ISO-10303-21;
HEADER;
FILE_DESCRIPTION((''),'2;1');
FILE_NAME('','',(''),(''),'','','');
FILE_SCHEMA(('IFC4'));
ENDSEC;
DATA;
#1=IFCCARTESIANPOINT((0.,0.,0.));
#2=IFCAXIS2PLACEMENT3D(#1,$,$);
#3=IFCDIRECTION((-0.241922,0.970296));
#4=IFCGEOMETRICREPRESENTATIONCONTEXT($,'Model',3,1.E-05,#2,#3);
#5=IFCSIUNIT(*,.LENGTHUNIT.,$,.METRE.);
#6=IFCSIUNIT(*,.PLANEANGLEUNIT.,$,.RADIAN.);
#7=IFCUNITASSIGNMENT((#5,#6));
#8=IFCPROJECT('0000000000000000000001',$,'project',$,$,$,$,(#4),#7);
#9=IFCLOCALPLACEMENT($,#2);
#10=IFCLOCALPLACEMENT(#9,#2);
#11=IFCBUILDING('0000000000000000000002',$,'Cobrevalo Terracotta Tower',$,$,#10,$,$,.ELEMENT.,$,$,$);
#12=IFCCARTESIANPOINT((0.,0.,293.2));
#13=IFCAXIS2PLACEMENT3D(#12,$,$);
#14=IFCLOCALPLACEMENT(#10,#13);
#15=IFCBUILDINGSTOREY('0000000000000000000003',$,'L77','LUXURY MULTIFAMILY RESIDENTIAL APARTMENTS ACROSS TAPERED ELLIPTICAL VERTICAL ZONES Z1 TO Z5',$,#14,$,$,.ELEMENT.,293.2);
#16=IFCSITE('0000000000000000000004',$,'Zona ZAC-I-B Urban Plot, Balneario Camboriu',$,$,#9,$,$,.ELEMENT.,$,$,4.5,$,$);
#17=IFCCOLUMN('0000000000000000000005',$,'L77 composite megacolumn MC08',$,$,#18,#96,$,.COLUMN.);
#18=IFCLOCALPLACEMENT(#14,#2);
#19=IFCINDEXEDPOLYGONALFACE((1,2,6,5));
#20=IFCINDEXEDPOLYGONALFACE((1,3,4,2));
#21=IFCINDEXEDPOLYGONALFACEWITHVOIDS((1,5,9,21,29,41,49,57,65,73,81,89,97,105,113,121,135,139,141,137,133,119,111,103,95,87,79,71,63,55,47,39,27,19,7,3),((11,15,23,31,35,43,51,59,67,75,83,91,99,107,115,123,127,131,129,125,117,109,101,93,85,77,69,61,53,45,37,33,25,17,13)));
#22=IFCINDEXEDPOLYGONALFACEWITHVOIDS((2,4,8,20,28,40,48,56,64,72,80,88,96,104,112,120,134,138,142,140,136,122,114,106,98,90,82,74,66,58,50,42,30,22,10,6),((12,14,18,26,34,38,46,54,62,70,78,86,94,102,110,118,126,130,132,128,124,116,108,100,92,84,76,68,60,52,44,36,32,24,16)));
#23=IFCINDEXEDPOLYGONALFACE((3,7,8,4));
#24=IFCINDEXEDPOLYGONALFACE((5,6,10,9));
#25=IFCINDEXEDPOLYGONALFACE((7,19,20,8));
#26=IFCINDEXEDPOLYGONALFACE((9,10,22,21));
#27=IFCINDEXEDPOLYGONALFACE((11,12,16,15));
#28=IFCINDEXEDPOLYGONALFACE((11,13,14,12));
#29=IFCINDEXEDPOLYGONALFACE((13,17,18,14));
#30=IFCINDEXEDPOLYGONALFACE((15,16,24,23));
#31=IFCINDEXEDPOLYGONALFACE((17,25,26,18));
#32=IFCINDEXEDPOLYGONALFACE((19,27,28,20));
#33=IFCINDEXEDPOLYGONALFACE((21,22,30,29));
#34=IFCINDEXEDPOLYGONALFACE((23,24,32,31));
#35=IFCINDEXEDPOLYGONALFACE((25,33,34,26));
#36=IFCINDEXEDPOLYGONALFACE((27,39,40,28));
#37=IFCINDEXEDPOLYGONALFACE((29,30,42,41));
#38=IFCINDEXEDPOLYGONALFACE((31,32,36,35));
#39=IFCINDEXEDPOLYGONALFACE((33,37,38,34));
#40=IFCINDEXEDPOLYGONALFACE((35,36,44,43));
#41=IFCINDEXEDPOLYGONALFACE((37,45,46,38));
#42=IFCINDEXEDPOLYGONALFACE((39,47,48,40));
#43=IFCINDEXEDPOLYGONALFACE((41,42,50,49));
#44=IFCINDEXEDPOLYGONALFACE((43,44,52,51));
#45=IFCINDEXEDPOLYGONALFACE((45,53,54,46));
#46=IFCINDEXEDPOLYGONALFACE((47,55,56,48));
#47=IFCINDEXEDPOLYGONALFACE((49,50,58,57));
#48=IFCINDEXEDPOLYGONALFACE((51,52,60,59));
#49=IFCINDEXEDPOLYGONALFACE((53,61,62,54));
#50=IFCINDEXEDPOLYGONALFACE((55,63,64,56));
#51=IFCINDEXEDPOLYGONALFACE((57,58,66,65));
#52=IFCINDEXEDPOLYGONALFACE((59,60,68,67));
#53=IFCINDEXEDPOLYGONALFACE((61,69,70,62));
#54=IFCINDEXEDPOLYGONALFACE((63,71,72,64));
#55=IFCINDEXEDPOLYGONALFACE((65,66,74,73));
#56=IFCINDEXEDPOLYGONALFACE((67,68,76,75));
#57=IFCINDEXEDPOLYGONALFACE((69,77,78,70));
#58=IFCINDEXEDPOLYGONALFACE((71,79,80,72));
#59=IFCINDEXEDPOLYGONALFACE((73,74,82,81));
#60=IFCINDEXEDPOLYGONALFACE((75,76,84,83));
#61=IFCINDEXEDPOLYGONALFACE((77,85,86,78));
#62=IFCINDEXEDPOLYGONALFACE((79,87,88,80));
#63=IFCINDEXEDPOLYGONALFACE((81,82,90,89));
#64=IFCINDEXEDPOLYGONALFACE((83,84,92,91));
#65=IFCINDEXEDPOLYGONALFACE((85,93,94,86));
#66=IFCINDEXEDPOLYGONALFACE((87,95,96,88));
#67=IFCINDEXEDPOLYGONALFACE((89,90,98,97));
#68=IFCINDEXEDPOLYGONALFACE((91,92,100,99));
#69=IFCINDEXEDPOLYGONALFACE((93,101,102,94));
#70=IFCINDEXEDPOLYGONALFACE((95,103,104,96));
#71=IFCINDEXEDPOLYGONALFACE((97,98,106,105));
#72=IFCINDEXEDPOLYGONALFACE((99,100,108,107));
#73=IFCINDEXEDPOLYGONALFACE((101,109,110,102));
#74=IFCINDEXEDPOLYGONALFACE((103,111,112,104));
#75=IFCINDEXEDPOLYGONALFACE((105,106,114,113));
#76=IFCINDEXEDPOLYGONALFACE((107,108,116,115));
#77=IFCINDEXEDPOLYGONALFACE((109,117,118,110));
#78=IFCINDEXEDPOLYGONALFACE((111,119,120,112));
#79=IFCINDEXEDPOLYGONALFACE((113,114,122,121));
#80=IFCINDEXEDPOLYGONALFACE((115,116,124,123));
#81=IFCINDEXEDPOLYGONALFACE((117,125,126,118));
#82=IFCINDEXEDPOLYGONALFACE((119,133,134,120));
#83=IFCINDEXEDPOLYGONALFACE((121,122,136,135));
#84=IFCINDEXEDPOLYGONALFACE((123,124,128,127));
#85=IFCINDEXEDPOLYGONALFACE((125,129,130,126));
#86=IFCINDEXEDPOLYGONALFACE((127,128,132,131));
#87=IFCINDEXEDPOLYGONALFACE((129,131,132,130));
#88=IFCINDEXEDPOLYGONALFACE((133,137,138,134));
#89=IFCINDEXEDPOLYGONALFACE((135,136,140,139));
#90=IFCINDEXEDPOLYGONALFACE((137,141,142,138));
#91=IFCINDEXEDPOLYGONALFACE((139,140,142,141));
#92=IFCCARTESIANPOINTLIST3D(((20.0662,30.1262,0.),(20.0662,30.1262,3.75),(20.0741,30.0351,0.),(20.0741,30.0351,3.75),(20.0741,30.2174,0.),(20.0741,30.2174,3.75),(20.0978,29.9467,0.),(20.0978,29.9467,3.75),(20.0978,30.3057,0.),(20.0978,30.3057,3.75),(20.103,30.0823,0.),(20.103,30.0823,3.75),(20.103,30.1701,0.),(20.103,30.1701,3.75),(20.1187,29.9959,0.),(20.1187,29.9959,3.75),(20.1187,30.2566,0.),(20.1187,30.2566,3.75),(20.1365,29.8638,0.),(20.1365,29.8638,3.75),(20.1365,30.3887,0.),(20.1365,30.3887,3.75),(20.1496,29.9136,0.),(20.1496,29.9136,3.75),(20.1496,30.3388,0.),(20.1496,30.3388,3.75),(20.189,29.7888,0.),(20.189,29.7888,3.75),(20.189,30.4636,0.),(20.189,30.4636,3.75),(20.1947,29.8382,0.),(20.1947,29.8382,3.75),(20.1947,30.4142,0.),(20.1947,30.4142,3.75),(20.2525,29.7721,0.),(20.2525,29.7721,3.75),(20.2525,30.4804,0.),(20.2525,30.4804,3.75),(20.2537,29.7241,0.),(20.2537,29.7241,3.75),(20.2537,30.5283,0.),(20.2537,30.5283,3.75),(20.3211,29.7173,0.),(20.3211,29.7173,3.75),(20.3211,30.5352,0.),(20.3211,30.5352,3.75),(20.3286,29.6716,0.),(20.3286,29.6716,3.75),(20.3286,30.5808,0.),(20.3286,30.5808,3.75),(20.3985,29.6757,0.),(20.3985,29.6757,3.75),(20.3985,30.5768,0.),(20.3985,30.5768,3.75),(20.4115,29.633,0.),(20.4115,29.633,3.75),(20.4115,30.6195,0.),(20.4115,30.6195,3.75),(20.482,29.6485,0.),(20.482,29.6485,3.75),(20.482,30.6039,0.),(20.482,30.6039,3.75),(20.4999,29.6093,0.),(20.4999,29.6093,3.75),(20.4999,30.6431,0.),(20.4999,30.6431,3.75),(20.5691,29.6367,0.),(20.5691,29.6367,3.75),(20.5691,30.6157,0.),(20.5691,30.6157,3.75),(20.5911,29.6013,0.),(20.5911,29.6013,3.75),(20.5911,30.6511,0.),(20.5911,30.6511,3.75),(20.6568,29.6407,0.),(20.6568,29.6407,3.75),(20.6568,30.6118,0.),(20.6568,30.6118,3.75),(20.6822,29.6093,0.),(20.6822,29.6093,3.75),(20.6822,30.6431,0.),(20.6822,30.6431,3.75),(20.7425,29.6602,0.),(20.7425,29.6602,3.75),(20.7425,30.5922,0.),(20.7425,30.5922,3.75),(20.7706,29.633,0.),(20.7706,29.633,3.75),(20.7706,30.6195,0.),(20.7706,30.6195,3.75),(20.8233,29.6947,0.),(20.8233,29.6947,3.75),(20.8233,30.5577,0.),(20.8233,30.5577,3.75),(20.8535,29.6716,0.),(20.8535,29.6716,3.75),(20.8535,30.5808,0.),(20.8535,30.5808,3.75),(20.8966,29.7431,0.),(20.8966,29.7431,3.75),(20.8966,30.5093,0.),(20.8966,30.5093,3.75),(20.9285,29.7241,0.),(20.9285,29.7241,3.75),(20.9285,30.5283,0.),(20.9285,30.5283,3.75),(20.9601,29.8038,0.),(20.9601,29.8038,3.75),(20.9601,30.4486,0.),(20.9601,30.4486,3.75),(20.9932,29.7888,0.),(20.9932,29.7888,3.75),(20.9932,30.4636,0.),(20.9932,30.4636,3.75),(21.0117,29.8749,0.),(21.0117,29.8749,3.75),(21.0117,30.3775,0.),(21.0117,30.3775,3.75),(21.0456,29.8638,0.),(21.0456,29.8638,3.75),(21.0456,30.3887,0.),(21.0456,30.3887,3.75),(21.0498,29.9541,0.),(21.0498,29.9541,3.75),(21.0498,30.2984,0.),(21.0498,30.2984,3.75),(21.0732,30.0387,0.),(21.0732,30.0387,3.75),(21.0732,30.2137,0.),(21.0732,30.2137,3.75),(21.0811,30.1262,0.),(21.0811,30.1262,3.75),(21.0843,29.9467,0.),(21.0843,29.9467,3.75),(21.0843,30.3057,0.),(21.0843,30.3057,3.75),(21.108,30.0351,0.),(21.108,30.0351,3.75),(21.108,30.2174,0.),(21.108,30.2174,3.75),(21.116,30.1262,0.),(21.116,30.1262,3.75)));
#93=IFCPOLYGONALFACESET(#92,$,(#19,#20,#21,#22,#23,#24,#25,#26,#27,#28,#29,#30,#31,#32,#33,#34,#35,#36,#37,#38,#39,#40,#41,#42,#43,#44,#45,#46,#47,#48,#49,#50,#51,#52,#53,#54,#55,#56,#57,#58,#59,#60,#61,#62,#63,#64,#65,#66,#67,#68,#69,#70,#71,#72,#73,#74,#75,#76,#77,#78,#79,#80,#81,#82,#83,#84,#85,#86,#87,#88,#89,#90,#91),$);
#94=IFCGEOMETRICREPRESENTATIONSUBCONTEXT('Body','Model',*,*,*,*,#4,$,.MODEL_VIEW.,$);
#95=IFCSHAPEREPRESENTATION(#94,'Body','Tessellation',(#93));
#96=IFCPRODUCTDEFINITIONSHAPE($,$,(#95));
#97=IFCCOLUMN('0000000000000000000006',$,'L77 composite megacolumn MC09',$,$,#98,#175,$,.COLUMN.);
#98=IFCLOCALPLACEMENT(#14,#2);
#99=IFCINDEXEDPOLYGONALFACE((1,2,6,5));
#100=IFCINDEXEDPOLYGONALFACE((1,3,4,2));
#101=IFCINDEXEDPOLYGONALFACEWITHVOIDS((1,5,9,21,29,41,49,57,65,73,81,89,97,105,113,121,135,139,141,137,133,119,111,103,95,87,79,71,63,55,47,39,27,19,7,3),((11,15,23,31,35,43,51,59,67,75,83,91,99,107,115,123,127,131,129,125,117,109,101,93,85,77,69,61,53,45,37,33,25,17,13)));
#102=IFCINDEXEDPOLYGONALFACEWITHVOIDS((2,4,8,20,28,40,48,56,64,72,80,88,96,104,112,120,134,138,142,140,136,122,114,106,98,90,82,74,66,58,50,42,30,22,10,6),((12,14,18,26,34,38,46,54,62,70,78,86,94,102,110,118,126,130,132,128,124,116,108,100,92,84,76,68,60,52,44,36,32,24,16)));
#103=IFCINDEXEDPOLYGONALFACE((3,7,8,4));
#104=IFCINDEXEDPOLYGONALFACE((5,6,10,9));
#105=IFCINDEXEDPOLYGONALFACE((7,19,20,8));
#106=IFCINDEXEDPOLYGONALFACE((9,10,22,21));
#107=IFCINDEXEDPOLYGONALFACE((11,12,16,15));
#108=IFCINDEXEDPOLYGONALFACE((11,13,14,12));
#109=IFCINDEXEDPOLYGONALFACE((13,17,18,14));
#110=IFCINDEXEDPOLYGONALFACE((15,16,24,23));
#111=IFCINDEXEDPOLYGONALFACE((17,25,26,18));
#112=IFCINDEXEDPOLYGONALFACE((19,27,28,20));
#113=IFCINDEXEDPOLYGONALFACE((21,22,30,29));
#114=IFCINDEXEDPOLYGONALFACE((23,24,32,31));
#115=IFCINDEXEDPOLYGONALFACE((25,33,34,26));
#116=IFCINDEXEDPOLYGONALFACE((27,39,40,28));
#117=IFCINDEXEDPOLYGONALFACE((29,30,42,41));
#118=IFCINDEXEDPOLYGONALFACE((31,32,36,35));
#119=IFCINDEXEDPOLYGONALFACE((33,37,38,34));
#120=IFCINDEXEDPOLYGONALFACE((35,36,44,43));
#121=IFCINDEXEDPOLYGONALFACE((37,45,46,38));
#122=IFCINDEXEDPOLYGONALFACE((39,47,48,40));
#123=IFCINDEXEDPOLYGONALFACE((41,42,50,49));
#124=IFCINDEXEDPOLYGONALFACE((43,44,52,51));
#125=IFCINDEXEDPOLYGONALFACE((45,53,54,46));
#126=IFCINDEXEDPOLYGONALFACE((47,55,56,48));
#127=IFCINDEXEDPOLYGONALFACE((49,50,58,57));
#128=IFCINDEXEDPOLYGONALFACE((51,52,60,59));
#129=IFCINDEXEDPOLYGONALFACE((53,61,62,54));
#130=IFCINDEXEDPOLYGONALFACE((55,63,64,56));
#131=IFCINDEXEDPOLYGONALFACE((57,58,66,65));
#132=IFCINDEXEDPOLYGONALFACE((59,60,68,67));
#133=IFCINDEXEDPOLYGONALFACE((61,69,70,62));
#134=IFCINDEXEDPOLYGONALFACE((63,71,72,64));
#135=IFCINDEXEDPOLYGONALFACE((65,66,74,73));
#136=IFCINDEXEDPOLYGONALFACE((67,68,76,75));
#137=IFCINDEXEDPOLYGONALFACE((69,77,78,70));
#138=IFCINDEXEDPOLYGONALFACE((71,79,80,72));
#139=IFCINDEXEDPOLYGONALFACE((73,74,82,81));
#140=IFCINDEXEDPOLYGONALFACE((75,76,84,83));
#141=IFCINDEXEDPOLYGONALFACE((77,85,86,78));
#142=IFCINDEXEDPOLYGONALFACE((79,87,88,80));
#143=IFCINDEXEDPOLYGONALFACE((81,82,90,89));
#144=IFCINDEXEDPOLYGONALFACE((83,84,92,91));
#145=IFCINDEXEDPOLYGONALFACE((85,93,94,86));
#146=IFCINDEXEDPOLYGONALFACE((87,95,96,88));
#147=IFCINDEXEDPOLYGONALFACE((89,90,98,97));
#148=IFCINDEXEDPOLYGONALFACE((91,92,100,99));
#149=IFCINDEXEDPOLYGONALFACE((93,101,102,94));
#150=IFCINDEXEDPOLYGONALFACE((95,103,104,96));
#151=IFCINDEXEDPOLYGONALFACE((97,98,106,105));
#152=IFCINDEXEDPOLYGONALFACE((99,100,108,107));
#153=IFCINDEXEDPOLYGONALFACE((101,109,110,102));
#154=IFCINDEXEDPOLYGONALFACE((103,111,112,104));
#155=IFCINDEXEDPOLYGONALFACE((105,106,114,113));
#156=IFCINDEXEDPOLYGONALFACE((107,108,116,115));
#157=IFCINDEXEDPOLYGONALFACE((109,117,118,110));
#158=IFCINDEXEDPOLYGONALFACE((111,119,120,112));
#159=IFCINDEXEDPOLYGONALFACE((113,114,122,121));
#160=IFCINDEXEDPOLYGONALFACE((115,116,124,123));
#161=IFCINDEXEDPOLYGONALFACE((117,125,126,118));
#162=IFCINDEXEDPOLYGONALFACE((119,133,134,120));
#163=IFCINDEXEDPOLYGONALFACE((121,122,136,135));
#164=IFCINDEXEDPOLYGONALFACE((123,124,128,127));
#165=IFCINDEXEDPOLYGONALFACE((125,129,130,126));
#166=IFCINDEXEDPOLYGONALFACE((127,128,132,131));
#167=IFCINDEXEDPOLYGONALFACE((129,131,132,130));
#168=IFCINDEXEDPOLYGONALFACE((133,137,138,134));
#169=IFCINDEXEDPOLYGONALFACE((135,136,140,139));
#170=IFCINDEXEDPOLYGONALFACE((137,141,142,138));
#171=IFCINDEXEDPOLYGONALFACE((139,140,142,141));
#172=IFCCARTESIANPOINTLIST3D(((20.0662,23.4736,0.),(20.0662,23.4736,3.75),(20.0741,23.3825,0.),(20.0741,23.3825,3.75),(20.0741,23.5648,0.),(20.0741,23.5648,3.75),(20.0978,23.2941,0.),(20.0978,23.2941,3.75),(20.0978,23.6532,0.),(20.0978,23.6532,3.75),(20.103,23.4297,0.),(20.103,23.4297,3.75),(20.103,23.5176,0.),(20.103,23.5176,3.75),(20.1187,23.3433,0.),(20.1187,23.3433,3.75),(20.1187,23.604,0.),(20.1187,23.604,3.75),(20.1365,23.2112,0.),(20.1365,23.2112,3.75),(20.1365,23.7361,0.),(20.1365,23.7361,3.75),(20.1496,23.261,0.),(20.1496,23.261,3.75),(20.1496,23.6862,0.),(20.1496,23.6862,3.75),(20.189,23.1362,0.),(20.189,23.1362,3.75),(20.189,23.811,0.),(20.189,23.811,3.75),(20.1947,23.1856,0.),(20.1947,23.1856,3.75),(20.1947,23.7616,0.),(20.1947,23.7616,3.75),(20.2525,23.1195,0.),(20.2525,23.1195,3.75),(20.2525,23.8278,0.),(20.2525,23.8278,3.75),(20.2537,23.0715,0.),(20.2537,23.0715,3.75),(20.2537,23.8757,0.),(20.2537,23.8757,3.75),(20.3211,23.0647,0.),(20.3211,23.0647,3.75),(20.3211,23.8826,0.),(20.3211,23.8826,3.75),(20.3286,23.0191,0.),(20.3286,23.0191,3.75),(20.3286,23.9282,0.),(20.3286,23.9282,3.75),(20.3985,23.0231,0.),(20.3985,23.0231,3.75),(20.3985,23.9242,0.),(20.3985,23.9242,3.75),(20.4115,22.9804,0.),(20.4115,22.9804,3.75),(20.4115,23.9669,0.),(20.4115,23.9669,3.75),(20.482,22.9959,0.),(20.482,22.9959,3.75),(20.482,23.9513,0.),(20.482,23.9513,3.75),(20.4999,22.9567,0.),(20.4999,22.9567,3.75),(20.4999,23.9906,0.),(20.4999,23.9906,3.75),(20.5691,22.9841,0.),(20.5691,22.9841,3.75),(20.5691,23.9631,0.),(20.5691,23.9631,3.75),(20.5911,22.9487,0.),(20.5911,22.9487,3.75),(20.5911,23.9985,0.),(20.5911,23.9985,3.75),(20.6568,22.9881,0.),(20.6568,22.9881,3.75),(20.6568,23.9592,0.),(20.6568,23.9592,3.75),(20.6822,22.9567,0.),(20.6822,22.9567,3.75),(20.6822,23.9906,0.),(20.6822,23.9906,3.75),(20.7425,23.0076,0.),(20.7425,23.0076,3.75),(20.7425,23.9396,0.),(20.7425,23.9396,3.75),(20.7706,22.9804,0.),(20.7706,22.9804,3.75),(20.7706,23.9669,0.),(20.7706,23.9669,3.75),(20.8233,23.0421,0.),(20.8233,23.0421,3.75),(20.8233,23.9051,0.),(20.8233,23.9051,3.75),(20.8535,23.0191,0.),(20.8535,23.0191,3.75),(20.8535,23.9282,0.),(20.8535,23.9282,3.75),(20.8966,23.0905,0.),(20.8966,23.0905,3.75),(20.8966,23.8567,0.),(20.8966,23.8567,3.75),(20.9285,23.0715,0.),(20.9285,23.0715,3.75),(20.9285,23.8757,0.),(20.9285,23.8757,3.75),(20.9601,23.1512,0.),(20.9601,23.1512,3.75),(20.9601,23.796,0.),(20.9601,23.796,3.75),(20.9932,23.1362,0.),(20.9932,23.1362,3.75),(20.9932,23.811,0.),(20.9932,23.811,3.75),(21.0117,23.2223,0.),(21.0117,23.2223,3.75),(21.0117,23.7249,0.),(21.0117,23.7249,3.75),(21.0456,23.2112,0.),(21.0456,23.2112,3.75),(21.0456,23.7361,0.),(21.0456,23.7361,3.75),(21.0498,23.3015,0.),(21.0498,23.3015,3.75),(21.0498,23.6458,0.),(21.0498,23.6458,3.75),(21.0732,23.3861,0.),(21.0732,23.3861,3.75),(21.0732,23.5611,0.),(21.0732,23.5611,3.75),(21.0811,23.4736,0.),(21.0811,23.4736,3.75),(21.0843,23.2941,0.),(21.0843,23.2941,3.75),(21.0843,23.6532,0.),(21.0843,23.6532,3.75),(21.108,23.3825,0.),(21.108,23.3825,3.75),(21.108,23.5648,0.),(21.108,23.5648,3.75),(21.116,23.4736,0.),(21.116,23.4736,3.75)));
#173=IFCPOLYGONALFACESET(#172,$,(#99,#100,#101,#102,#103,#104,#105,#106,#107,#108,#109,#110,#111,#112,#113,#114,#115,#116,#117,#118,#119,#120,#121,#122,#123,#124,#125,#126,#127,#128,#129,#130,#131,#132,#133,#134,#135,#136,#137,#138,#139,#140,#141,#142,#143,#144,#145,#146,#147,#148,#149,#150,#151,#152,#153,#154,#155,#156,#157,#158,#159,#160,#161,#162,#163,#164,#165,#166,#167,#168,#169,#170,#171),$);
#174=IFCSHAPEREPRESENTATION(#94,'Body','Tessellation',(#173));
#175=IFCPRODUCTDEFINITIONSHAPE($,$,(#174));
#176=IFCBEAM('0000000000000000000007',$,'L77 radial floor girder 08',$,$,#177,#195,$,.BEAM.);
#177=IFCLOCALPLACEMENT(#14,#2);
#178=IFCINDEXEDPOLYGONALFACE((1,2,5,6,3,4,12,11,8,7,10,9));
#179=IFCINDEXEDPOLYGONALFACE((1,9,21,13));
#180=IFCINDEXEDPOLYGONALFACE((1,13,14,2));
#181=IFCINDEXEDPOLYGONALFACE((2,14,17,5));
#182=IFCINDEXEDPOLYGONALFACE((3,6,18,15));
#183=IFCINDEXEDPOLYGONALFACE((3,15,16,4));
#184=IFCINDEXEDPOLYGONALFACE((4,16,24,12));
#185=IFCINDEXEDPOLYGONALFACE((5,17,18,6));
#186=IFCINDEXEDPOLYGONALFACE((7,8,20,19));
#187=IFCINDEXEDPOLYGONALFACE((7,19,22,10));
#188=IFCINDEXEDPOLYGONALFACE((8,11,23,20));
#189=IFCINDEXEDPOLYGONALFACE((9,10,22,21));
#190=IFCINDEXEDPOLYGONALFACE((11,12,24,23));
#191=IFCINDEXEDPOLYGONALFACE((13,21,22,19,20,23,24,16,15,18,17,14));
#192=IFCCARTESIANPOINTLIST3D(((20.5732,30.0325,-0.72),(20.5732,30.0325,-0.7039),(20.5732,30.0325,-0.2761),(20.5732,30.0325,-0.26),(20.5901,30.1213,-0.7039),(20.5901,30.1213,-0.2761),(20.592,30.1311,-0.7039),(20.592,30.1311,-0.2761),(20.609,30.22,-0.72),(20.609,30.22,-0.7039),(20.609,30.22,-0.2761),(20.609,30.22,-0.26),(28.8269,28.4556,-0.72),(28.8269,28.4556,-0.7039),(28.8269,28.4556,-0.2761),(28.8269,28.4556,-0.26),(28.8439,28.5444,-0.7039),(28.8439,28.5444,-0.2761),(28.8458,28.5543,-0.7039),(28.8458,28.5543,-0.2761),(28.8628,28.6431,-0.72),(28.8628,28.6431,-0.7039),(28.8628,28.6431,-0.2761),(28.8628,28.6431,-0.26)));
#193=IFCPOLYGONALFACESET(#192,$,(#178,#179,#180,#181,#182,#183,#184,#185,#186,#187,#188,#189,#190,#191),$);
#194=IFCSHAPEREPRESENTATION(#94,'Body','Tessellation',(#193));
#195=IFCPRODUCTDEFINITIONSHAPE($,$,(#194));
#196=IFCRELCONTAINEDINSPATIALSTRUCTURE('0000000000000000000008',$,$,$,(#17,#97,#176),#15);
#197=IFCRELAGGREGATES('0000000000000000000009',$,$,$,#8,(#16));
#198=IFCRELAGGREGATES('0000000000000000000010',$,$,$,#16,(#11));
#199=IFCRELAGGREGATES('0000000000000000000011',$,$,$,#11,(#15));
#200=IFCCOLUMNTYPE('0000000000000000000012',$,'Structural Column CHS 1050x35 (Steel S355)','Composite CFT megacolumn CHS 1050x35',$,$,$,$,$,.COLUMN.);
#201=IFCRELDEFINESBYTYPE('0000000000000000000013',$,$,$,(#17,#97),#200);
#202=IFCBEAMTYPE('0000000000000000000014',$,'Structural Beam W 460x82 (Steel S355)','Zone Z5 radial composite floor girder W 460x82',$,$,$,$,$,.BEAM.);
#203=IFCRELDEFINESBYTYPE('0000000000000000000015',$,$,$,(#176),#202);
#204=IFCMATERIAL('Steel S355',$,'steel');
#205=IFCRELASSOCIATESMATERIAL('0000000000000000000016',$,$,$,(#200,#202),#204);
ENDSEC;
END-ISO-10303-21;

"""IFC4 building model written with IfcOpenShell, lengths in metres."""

from ifc_helpers import new_model, si_unit, direction, frame, origin, origin_2d, place, context, subcontext, project, spatial, hollow_circle, i_section, extrude, material, material_profile, profile_set, type_object, element, save


model = new_model("IFC4")

# Units and contexts
model_context = context("Model", 3, precision=1e-05, world=origin(), true_north=direction((-0.241922, 0.970296)))
body_context = subcontext(model_context, "Body", "Model", "MODEL_VIEW")
ifc_project = project(units=[si_unit("LENGTHUNIT", "METRE"), si_unit("PLANEANGLEUNIT", "RADIAN")], contexts=[model_context])

# Site, building, storey
site_placement = place(None, origin())
site = spatial("IfcSite", under=ifc_project, at=site_placement, Name="Zona ZAC-I-B Urban Plot, Balneario Camboriu", CompositionType="ELEMENT", RefElevation=4.5)
building_placement = place(site_placement, origin())
building = spatial("IfcBuilding", under=site, at=building_placement, Name="Cobrevalo Terracotta Tower", CompositionType="ELEMENT")
storey_placement = place(building_placement, frame((0.0, 0.0, 293.2)))
storey = spatial("IfcBuildingStorey", under=building, at=storey_placement, Name="L77", Description="LUXURY MULTIFAMILY RESIDENTIAL APARTMENTS ACROSS TAPERED ELLIPTICAL VERTICAL ZONES Z1 TO Z5", CompositionType="ELEMENT", Elevation=293.2)

# Columns
ifc_material_1 = material(Name="Steel S355", Category="steel")
ifc_material_profile_1 = material_profile(ifc_material_1, hollow_circle(Radius=0.5249, WallThickness=0.0349, at=origin_2d()), Name="CHS 1050x35")
ifc_profile_set_1 = profile_set([ifc_material_profile_1], Name="Steel S355")
column_type = type_object("IfcColumnType", Name="Structural Column CHS 1050x35 (Steel S355)", Description="Composite CFT megacolumn CHS 1050x35", PredefinedType="COLUMN", material=ifc_profile_set_1)
for number, where, z_axis, x_axis, name in (
    (1, (20.5911, 30.1262, 0.0), (0.0, 0.0, 1.0), (1.0, 0.0, 0.0), "L77 composite megacolumn MC08"),
    (2, (20.5911, 23.4736, 0.0), (0.0, 0.0, 1.0), (1.0, 0.0, 0.0), "L77 composite megacolumn MC09"),
):
    element("IfcColumn", number, at=place(storey_placement, frame(where, z_axis=z_axis, x_axis=x_axis)), inside=storey, type_object=column_type, Name=name, PredefinedType="COLUMN", context=body_context, shape_type="SweptSolid", body=[
        extrude(hollow_circle(Radius=0.5249, WallThickness=0.0349, at=origin_2d()), origin(), (0.0, 0.0, 1.0), 3.75),
    ])

# Beam
ifc_material_profile_2 = material_profile(ifc_material_1, i_section(OverallWidth=0.1909, OverallDepth=0.46, WebThickness=0.01, FlangeThickness=0.0161, at=origin_2d()), Name="W 460x82")
ifc_profile_set_2 = profile_set([ifc_material_profile_2], Name="Steel S355")
beam_type_1 = type_object("IfcBeamType", Name="Structural Beam W 460x82 (Steel S355)", Description="Zone Z5 radial composite floor girder W 460x82", PredefinedType="BEAM", material=ifc_profile_set_2)
beam_1_placement = place(storey_placement, frame((20.5911, 30.1262, -0.49), z_axis=(0.982235, -0.187655, 0.0), x_axis=(0.187655, 0.982235, 0.0)))
element("IfcBeam", 3, at=beam_1_placement, inside=storey, type_object=beam_type_1, Name="L77 radial floor girder 08", PredefinedType="BEAM", context=body_context, shape_type="SweptSolid", body=[
    extrude(i_section(OverallWidth=0.1909, OverallDepth=0.46, WebThickness=0.01, FlangeThickness=0.0161, at=origin_2d()), origin(), (0.0, 0.0, 1.0), 8.4031),
])

save(model, "model.ifc")
